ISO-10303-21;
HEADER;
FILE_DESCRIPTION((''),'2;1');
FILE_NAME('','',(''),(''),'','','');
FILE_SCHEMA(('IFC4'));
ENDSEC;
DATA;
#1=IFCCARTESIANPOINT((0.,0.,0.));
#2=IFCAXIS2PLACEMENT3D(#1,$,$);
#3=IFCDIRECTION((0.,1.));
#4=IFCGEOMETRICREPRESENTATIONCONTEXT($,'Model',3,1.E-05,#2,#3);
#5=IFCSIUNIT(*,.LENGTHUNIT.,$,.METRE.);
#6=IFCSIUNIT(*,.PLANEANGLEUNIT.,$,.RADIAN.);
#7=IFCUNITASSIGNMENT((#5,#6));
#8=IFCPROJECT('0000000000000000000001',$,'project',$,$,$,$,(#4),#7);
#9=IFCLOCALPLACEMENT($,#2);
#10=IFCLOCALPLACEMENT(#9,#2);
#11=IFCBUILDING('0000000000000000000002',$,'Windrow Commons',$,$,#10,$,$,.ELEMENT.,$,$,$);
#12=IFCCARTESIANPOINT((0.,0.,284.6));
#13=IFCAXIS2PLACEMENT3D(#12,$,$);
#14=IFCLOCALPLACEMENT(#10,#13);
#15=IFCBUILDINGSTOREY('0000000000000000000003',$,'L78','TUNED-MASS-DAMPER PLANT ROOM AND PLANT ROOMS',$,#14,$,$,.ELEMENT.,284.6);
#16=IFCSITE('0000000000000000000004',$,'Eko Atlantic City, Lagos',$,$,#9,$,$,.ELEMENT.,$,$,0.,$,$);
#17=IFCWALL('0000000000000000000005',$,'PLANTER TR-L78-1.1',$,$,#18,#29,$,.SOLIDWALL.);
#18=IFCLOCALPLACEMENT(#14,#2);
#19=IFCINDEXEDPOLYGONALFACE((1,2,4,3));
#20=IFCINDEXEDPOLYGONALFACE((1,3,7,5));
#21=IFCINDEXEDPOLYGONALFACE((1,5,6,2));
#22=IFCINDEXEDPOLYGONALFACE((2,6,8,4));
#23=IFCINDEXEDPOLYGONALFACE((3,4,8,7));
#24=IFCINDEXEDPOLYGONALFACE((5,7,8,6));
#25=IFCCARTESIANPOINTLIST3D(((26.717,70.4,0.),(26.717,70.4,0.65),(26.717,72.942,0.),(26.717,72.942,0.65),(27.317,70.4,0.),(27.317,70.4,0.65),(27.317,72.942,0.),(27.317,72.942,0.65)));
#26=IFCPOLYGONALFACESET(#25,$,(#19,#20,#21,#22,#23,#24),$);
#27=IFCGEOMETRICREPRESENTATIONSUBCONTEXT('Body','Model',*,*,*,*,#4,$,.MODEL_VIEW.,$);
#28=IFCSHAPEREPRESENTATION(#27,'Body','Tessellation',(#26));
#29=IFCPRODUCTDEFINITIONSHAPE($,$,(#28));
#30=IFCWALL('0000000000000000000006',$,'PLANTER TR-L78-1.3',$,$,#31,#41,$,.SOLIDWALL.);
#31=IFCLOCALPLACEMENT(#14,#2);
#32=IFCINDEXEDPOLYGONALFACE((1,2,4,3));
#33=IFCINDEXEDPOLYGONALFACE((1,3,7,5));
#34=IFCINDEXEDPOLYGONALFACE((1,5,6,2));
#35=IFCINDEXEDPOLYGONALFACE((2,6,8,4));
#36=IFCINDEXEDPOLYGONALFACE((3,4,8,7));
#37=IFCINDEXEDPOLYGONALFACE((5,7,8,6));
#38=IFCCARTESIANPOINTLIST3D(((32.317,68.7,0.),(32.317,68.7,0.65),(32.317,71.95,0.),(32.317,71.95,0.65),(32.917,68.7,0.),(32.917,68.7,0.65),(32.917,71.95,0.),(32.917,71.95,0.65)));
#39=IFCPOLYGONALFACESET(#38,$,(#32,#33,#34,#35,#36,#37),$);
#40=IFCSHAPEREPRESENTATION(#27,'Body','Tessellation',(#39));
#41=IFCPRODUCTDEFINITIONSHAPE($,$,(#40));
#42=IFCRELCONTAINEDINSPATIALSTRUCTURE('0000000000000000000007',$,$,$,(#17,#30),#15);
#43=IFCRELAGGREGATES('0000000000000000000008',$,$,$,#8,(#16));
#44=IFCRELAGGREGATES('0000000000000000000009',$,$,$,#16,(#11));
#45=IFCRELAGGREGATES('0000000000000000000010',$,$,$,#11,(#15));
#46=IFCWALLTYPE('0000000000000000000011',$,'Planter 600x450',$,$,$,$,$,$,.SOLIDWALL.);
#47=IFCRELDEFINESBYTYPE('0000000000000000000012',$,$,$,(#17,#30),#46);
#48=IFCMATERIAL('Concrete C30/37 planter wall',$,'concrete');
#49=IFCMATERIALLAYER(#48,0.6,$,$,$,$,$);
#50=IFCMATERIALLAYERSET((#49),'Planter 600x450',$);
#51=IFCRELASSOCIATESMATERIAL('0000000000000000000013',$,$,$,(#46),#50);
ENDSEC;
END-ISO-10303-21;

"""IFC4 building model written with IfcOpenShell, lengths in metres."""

from ifc_helpers import new_model, si_unit, direction, frame, frame_2d, origin, place, context, subcontext, project, spatial, rectangle, extrude, material, layer, layer_set, type_object, element, save


model = new_model("IFC4")

# Units and contexts
model_context = context("Model", 3, precision=1e-05, world=origin(), true_north=direction((0.0, 1.0)))
body_context = subcontext(model_context, "Body", "Model", "MODEL_VIEW")
ifc_project = project(units=[si_unit("LENGTHUNIT", "METRE"), si_unit("PLANEANGLEUNIT", "RADIAN")], contexts=[model_context])

# Site, building, storey
site_placement = place(None, origin())
site = spatial("IfcSite", under=ifc_project, at=site_placement, Name="Eko Atlantic City, Lagos", CompositionType="ELEMENT", RefElevation=0.0)
building_placement = place(site_placement, origin())
building = spatial("IfcBuilding", under=site, at=building_placement, Name="Windrow Commons", CompositionType="ELEMENT")
storey_placement = place(building_placement, frame((0.0, 0.0, 284.6)))
storey = spatial("IfcBuildingStorey", under=building, at=storey_placement, Name="L78", Description="TUNED-MASS-DAMPER PLANT ROOM AND PLANT ROOMS", CompositionType="ELEMENT", Elevation=284.6)

# Walls
ifc_material_1 = material(Name="Concrete C30/37 planter wall", Category="concrete")
ifc_layer_1 = layer(ifc_material_1, 0.6)
ifc_layer_set_1 = layer_set([ifc_layer_1], Name="Planter 600x450")
wall_type_1 = type_object("IfcWallType", Name="Planter 600x450", PredefinedType="SOLIDWALL", material=ifc_layer_set_1)
wall_1_placement = place(storey_placement, frame((27.017, 72.942, 0.0), z_axis=(0.0, 0.0, 1.0), x_axis=(0.0, -1.0, 0.0)))
element("IfcWall", 1, at=wall_1_placement, inside=storey, type_object=wall_type_1, Name="PLANTER TR-L78-1.1", PredefinedType="SOLIDWALL", context=body_context, shape_type="SweptSolid", body=[
    extrude(rectangle(XDim=2.542, YDim=0.6, at=frame_2d((1.271, 0.0))), origin(), (0.0, 0.0, 1.0), 0.65),
])
wall_2_placement = place(storey_placement, frame((32.617, 68.7, 0.0), z_axis=(0.0, 0.0, 1.0), x_axis=(0.0, 1.0, 0.0)))
element("IfcWall", 2, at=wall_2_placement, inside=storey, type_object=wall_type_1, Name="PLANTER TR-L78-1.3", PredefinedType="SOLIDWALL", context=body_context, shape_type="SweptSolid", body=[
    extrude(rectangle(XDim=3.25, YDim=0.6, at=frame_2d((1.625, 0.0))), origin(), (0.0, 0.0, 1.0), 0.65),
])

save(model, "model.ifc")
